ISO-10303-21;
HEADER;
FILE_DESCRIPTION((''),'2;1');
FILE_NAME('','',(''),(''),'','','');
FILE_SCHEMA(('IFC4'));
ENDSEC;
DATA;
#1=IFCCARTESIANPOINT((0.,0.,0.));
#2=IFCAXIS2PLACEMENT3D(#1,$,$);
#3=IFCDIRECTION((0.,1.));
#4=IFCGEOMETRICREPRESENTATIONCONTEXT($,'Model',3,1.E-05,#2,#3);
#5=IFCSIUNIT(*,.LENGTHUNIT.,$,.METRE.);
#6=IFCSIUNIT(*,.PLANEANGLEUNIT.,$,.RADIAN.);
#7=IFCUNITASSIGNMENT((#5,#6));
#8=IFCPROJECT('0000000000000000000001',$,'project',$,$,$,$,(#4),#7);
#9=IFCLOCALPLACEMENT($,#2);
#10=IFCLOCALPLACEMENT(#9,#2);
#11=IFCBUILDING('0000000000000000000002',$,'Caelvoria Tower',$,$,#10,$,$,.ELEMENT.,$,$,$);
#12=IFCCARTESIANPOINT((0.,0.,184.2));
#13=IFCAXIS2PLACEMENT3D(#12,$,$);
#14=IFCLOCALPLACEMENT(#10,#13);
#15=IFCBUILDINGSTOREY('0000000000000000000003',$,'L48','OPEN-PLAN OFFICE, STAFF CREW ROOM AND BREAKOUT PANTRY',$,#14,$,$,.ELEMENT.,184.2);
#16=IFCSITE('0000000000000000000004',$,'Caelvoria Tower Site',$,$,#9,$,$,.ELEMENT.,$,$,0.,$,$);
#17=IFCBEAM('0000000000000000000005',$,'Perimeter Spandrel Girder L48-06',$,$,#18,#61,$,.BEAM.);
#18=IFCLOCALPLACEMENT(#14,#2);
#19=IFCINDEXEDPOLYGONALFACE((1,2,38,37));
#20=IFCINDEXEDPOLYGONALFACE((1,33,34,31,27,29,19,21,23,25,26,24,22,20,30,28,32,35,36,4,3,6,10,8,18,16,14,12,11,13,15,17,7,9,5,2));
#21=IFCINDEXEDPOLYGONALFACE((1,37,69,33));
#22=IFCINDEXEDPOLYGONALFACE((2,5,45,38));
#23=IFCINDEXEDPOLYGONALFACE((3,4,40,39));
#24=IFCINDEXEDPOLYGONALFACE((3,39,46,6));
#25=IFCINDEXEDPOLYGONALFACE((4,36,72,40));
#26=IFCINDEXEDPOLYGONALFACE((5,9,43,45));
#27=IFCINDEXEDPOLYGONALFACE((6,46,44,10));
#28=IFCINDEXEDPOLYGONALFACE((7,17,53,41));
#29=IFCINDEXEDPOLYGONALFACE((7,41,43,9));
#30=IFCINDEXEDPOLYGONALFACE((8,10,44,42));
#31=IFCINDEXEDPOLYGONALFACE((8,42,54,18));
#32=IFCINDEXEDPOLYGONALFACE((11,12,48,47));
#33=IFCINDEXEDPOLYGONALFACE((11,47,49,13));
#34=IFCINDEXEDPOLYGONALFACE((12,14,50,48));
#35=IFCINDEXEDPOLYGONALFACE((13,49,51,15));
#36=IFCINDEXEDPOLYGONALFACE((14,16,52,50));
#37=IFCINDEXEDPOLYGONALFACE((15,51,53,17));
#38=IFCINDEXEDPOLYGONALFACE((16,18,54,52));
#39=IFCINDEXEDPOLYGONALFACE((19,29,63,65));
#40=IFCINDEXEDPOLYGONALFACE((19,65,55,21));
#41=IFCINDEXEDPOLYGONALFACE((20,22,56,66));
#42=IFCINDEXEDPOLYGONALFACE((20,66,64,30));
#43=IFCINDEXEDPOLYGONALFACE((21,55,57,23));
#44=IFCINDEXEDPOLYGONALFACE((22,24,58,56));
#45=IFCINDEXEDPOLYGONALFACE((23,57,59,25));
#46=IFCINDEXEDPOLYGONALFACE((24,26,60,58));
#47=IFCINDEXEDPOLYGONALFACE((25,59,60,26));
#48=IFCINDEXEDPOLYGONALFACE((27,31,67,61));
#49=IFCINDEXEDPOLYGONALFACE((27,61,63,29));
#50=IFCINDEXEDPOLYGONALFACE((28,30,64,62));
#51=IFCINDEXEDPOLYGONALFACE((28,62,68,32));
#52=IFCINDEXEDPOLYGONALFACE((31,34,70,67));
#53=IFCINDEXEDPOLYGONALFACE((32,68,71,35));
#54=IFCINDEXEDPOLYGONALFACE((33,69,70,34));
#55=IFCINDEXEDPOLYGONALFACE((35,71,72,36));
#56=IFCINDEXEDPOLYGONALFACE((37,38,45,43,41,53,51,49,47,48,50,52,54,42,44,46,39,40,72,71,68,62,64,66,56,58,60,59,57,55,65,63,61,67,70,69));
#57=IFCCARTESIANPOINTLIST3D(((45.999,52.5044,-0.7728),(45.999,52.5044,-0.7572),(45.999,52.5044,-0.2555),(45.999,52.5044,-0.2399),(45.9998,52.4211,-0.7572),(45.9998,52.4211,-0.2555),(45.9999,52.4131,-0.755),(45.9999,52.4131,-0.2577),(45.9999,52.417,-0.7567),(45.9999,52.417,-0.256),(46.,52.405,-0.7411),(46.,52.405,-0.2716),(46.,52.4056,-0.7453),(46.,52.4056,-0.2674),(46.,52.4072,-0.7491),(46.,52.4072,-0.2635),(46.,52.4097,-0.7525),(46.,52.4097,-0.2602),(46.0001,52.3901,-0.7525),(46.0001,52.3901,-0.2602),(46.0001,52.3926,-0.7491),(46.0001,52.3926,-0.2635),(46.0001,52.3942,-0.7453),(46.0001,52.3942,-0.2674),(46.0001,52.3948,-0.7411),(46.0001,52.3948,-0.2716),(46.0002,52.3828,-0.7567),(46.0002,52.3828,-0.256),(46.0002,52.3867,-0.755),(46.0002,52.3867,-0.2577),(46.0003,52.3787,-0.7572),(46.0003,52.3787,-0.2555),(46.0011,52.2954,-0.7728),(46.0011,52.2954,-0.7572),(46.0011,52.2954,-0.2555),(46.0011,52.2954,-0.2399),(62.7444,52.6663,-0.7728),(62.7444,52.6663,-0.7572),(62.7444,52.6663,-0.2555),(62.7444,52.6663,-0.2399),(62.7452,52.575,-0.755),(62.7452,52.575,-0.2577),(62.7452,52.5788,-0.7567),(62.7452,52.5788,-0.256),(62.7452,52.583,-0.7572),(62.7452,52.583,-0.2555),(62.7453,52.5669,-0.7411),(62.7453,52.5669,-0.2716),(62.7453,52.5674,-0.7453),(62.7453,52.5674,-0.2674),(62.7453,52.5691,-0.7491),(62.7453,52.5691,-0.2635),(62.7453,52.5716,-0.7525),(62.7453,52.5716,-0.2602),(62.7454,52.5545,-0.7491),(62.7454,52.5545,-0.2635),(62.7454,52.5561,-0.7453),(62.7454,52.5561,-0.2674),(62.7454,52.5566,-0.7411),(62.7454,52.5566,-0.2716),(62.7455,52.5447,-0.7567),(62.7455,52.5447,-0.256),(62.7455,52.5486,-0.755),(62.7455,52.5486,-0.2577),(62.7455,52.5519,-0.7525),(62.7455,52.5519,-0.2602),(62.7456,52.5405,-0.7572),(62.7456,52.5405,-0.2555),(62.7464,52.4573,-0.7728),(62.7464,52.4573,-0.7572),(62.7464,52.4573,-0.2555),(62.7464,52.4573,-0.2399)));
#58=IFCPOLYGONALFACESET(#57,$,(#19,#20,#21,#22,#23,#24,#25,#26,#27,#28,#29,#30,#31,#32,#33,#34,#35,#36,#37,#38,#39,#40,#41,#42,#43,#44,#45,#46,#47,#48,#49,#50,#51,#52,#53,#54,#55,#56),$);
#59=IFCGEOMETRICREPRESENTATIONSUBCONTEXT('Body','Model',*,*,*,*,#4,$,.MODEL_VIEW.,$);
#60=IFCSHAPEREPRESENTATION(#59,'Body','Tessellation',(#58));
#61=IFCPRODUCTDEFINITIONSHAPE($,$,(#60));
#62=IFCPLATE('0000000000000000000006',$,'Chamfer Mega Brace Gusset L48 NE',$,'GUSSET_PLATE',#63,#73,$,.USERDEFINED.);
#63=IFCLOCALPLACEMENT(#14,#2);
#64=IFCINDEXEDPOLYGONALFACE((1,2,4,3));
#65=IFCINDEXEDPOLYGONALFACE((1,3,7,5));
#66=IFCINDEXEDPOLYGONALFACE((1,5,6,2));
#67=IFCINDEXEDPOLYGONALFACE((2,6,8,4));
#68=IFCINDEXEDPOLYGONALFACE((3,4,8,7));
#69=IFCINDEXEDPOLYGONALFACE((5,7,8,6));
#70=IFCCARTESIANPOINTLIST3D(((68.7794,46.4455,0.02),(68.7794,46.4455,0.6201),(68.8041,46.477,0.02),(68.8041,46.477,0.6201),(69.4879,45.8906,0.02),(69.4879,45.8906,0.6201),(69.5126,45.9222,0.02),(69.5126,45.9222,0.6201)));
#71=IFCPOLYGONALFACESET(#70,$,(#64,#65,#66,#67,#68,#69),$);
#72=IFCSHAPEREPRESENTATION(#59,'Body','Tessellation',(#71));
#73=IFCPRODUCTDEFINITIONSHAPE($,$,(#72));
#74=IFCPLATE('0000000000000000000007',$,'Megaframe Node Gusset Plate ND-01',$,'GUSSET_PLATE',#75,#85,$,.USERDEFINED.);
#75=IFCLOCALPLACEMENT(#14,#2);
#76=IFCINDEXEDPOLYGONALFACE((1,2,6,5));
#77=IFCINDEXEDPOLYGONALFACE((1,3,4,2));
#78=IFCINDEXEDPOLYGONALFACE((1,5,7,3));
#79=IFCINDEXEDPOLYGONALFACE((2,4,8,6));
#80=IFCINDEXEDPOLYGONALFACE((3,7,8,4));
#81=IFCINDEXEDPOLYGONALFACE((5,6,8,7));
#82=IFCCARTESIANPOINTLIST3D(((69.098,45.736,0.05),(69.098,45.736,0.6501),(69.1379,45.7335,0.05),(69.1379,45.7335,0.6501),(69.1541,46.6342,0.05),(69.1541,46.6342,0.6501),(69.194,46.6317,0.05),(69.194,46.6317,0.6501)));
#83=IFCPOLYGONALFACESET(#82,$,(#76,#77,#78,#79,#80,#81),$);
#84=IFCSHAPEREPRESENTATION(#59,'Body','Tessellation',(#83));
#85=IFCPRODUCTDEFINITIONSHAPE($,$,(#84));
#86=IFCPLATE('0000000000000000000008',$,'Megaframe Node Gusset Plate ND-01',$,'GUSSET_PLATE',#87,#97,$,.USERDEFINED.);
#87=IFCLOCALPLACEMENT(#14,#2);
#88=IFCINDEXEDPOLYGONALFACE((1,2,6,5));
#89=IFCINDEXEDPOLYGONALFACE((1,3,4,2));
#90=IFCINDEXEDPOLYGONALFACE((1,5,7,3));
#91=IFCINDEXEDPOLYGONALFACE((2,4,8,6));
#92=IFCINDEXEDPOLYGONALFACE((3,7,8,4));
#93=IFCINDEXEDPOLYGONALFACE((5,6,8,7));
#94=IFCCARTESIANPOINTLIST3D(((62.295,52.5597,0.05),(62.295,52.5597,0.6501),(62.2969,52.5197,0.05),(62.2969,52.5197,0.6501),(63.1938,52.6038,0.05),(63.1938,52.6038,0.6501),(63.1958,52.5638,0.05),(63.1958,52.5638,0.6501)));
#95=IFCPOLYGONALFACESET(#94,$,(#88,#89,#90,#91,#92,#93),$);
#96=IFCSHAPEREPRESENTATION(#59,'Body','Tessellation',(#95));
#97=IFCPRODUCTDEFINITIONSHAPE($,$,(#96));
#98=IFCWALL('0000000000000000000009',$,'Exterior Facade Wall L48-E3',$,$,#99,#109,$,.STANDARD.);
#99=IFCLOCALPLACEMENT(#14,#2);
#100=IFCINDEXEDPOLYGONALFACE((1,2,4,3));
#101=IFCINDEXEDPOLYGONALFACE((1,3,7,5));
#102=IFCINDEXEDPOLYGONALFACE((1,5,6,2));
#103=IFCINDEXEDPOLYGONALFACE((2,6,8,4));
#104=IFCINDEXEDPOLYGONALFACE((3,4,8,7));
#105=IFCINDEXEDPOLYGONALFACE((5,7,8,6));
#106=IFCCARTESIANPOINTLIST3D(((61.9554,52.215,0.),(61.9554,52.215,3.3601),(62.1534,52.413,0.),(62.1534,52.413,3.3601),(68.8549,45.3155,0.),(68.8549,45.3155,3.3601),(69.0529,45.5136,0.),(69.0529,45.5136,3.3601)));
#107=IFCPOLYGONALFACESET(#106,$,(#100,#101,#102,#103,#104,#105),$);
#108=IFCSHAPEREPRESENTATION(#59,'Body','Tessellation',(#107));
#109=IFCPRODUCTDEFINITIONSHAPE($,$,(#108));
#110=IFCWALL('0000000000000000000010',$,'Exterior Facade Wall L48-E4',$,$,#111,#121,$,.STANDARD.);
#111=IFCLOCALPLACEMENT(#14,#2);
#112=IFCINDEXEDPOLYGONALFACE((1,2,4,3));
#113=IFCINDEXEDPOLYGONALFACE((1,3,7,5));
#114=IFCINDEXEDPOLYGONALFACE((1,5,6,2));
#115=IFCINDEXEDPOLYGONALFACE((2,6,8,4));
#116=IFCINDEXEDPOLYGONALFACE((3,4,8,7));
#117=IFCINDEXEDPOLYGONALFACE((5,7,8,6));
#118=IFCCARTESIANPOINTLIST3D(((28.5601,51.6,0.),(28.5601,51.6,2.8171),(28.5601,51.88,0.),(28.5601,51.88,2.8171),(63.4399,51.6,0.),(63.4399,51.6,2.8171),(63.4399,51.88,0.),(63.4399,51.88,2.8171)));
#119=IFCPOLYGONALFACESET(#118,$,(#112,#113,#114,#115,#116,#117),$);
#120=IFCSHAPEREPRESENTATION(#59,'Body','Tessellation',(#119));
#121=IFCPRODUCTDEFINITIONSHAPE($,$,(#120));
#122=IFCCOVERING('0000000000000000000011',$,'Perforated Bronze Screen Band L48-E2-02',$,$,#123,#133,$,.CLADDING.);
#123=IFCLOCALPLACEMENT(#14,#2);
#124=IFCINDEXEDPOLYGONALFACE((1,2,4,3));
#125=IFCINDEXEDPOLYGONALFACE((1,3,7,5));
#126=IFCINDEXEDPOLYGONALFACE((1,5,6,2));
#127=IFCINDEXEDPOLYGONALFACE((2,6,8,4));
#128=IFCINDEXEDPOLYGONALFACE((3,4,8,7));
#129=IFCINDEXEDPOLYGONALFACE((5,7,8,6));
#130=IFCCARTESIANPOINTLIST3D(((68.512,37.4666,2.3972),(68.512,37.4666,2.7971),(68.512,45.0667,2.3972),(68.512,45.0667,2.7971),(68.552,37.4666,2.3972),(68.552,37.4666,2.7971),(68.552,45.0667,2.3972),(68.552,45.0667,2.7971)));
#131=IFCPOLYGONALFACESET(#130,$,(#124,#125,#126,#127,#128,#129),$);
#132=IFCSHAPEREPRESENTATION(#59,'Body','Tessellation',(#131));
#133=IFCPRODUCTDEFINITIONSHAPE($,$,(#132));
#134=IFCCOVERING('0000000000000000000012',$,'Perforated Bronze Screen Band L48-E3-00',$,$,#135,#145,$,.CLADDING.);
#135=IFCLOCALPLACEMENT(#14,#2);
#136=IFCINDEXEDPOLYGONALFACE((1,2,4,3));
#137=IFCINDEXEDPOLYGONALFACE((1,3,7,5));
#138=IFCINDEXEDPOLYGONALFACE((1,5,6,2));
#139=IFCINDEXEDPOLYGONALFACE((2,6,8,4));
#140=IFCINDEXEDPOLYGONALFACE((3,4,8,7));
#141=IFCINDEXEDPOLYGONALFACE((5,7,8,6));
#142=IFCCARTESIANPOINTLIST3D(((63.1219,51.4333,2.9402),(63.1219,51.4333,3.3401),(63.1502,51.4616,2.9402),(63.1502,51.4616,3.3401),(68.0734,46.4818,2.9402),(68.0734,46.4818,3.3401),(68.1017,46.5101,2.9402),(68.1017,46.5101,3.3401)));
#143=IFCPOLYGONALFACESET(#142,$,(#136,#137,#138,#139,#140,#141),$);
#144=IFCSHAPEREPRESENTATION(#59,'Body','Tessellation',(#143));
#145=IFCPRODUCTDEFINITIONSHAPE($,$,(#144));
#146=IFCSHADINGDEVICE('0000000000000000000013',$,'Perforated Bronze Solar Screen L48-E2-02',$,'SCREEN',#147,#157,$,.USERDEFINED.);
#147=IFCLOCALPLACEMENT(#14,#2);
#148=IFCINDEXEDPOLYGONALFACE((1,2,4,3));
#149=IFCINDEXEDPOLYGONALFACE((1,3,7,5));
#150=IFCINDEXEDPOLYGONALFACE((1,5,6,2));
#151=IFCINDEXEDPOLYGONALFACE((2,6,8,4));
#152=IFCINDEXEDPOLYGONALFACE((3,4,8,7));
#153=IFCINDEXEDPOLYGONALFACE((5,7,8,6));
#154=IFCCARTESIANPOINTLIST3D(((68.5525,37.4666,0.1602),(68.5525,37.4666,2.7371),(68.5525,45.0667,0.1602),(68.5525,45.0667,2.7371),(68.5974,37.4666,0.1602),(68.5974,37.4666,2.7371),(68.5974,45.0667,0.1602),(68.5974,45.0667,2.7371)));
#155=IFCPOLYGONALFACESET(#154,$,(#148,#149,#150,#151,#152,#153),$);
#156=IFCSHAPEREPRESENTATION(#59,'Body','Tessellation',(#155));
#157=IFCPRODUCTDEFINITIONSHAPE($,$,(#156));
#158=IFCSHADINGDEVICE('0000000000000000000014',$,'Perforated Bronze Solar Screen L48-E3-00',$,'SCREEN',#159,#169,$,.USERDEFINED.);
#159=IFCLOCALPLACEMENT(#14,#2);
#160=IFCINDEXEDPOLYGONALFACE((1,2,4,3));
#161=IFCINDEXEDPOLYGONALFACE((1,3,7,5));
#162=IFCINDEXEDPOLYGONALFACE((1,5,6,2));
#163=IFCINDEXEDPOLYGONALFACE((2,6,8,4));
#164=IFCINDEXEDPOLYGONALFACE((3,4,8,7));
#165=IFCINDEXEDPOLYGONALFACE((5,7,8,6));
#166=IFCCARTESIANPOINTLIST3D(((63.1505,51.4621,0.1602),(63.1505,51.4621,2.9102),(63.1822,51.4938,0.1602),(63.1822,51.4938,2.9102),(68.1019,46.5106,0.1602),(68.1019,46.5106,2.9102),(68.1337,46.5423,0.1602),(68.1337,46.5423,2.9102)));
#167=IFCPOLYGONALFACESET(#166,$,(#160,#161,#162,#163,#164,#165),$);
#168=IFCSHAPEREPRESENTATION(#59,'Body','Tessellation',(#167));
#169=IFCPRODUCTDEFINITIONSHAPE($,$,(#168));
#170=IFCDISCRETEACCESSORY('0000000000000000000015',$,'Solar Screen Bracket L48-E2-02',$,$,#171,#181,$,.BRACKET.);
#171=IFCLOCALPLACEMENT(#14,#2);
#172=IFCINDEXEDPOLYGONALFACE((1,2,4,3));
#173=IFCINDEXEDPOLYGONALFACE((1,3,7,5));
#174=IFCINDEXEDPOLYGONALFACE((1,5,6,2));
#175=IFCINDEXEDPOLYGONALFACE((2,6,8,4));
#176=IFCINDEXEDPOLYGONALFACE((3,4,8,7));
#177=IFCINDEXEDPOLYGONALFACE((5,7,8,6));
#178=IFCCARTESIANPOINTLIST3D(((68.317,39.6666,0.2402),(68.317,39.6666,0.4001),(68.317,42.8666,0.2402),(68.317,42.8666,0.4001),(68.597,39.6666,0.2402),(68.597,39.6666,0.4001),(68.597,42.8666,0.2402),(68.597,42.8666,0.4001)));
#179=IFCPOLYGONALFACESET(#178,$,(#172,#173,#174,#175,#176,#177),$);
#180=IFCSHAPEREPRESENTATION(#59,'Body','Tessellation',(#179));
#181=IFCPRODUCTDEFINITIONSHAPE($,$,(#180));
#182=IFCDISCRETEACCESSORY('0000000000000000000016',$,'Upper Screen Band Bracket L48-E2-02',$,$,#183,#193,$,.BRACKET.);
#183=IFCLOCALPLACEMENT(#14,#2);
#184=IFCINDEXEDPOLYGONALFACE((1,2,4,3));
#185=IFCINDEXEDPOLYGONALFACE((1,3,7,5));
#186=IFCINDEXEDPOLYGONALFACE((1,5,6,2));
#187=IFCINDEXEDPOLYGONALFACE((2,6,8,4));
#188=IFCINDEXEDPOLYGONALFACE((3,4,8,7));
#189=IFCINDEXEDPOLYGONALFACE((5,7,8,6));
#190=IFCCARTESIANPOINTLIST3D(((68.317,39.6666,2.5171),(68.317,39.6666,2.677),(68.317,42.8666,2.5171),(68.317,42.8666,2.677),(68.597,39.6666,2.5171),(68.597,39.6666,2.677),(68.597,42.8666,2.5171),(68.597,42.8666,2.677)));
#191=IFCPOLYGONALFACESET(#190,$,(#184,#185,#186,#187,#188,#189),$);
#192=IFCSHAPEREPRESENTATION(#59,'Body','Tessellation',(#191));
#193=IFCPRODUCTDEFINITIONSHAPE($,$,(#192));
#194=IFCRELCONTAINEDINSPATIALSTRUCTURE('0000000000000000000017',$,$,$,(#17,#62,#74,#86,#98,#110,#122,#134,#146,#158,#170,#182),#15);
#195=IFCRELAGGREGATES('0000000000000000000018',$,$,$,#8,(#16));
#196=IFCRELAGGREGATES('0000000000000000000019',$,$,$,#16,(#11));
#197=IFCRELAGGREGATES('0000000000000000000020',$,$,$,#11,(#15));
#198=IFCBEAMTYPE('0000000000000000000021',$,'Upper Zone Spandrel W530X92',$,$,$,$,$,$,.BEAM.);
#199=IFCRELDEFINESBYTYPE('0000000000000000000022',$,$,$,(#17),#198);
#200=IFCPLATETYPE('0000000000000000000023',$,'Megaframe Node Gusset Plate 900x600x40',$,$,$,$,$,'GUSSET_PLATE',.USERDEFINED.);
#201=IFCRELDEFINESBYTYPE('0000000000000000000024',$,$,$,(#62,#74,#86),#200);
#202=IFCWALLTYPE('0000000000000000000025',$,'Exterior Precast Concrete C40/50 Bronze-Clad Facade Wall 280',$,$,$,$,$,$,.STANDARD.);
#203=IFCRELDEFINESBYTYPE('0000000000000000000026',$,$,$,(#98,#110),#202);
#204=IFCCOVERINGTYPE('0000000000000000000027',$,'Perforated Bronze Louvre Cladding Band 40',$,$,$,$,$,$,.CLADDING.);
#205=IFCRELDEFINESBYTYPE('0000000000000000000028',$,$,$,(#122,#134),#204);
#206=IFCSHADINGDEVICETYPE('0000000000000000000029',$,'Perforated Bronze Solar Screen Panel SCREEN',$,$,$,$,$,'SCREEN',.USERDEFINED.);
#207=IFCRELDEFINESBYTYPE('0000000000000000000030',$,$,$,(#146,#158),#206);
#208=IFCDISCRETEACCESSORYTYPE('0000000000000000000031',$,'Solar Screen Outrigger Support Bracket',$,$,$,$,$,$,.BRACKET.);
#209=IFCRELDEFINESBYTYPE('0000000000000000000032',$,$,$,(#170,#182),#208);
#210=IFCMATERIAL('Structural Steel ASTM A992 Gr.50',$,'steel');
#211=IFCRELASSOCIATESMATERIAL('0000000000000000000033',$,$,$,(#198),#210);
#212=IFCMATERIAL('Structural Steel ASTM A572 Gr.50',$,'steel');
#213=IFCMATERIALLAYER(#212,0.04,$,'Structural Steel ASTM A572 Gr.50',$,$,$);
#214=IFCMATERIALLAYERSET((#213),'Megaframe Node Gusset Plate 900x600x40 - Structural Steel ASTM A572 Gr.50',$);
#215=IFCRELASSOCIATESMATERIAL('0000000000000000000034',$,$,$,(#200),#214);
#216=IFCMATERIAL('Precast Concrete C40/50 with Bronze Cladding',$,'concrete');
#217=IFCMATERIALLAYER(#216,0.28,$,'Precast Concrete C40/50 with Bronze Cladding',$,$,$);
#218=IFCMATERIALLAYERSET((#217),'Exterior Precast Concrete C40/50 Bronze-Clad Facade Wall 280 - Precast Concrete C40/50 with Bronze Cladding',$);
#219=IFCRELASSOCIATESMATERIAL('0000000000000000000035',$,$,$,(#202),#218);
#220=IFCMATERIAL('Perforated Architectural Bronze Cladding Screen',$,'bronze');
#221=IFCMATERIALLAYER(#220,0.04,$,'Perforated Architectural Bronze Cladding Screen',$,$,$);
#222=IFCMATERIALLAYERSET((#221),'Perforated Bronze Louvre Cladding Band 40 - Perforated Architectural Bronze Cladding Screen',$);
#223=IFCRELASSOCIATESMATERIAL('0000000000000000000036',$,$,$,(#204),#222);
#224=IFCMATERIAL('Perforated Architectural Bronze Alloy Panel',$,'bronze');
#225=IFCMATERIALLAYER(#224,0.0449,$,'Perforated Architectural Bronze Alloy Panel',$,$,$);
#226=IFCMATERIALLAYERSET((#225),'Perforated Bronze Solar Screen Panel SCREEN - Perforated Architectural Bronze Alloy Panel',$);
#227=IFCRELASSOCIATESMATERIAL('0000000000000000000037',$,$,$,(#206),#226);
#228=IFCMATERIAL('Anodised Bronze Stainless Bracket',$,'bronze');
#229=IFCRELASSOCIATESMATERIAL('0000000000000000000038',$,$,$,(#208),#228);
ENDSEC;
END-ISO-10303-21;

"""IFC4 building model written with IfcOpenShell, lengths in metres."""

from ifc_helpers import new_model, si_unit, direction, frame, frame_2d, origin, origin_2d, place, context, subcontext, project, spatial, rectangle, i_section, extrude, material, layer, layer_set, material_profile, profile_set, type_object, element, save


model = new_model("IFC4")

# Units and contexts
model_context = context("Model", 3, precision=1e-05, world=origin(), true_north=direction((0.0, 1.0)))
body_context = subcontext(model_context, "Body", "Model", "MODEL_VIEW")
ifc_project = project(units=[si_unit("LENGTHUNIT", "METRE"), si_unit("PLANEANGLEUNIT", "RADIAN")], contexts=[model_context])

# Site, building, storey
site_placement = place(None, origin())
site = spatial("IfcSite", under=ifc_project, at=site_placement, Name="Caelvoria Tower Site", CompositionType="ELEMENT", RefElevation=0.0)
building_placement = place(site_placement, origin())
building = spatial("IfcBuilding", under=site, at=building_placement, Name="Caelvoria Tower", CompositionType="ELEMENT")
storey_placement = place(building_placement, frame((0.0, 0.0, 184.2)))
storey = spatial("IfcBuildingStorey", under=building, at=storey_placement, Name="L48", Description="OPEN-PLAN OFFICE, STAFF CREW ROOM AND BREAKOUT PANTRY", CompositionType="ELEMENT", Elevation=184.2)

# Shared definitions
ifc_material_1 = material(Name="Structural Steel ASTM A572 Gr.50", Category="steel")
ifc_material_2 = material(Name="Structural Steel ASTM A992 Gr.50", Category="steel")

# Beam
ifc_material_profile_1 = material_profile(ifc_material_2, i_section(OverallWidth=0.209, OverallDepth=0.533, WebThickness=0.0103, FlangeThickness=0.0156, FilletRadius=0.0161, at=origin_2d()), Name="Structural Steel ASTM A992 Gr.50")
ifc_profile_set_1 = profile_set([ifc_material_profile_1], Name="W530X92 - Structural Steel ASTM A992 Gr.50")
beam_type_1 = type_object("IfcBeamType", Name="Upper Zone Spandrel W530X92", PredefinedType="BEAM", material=ifc_profile_set_1)
beam_1_placement = place(storey_placement, frame((62.7454, 52.5618, -0.5063), z_axis=(-0.999953, -0.009666, 0.0), x_axis=(0.009666, -0.999953, 0.0)))
element("IfcBeam", 1, at=beam_1_placement, inside=storey, type_object=beam_type_1, Name="Perimeter Spandrel Girder L48-06", PredefinedType="BEAM", context=body_context, shape_type="SweptSolid", body=[
    extrude(i_section(OverallWidth=0.209, OverallDepth=0.533, WebThickness=0.0103, FlangeThickness=0.0156, FilletRadius=0.0161, at=origin_2d()), origin(), (0.0, 0.0, 1.0), 16.7461),
])

# Plates
ifc_layer_1 = layer(ifc_material_1, 0.04, Name="Structural Steel ASTM A572 Gr.50")
ifc_layer_set_1 = layer_set([ifc_layer_1], Name="Megaframe Node Gusset Plate 900x600x40 - Structural Steel ASTM A572 Gr.50")
plate_type = type_object("IfcPlateType", Name="Megaframe Node Gusset Plate 900x600x40", ElementType="GUSSET_PLATE", PredefinedType="USERDEFINED", material=ifc_layer_set_1)
for number, where, z_axis, x_axis, name in (
    (2, (69.146, 46.1838, 0.02), (0.0, 0.0, 1.0), (-0.787285, 0.616589, 0.0), "Chamfer Mega Brace Gusset L48 NE"),
    (3, (69.146, 46.1838, 0.05), (0.0, 0.0, 1.0), (-0.062352, -0.998054, 0.0), "Megaframe Node Gusset Plate ND-01"),
    (4, (62.7454, 52.5618, 0.05), (0.0, 0.0, 1.0), (-0.998798, -0.049012, 0.0), "Megaframe Node Gusset Plate ND-01"),
):
    element("IfcPlate", number, at=place(storey_placement, frame(where, z_axis=z_axis, x_axis=x_axis)), inside=storey, type_object=plate_type, Name=name, ObjectType="GUSSET_PLATE", PredefinedType="USERDEFINED", context=body_context, shape_type="SweptSolid", body=[
        extrude(rectangle(XDim=0.8999, YDim=0.04, at=origin_2d()), origin(), (0.0, 0.0, 1.0), 0.6001),
    ])

# Walls
ifc_material_3 = material(Name="Precast Concrete C40/50 with Bronze Cladding", Category="concrete")
ifc_layer_2 = layer(ifc_material_3, 0.28, Name="Precast Concrete C40/50 with Bronze Cladding")
ifc_layer_set_2 = layer_set([ifc_layer_2], Name="Exterior Precast Concrete C40/50 Bronze-Clad Facade Wall 280 - Precast Concrete C40/50 with Bronze Cladding")
wall_type = type_object("IfcWallType", Name="Exterior Precast Concrete C40/50 Bronze-Clad Facade Wall 280", PredefinedType="STANDARD", material=ifc_layer_set_2)
wall_1_placement = place(storey_placement, frame((68.9539, 45.4146, 0.0), z_axis=(0.0, 0.0, 1.0), x_axis=(-0.707107, 0.707107, 0.0)))
element("IfcWall", 5, at=wall_1_placement, inside=storey, type_object=wall_type, Name="Exterior Facade Wall L48-E3", PredefinedType="STANDARD", context=body_context, shape_type="SweptSolid", body=[
    extrude(rectangle(XDim=9.7573, YDim=0.28, at=frame_2d((4.8787, 0.0))), origin(), (0.0, 0.0, 1.0), 3.3601),
])
wall_2_placement = place(storey_placement, frame((63.4399, 51.74, 0.0), z_axis=(0.0, 0.0, 1.0), x_axis=(-1.0, 0.0, 0.0)))
element("IfcWall", 6, at=wall_2_placement, inside=storey, type_object=wall_type, Name="Exterior Facade Wall L48-E4", PredefinedType="STANDARD", context=body_context, shape_type="SweptSolid", body=[
    extrude(rectangle(XDim=34.8799, YDim=0.28, at=frame_2d((17.4399, 0.0))), origin(), (0.0, 0.0, 1.0), 2.8171),
])

# Coverings
ifc_material_4 = material(Name="Perforated Architectural Bronze Cladding Screen", Category="bronze")
ifc_layer_3 = layer(ifc_material_4, 0.04, Name="Perforated Architectural Bronze Cladding Screen")
ifc_layer_set_3 = layer_set([ifc_layer_3], Name="Perforated Bronze Louvre Cladding Band 40 - Perforated Architectural Bronze Cladding Screen")
covering_type = type_object("IfcCoveringType", Name="Perforated Bronze Louvre Cladding Band 40", PredefinedType="CLADDING", material=ifc_layer_set_3)
covering_1_placement = place(storey_placement, frame((68.532, 41.2666, 2.3972), z_axis=(0.0, 0.0, 1.0), x_axis=(0.0, 1.0, 0.0)))
element("IfcCovering", 7, at=covering_1_placement, inside=storey, type_object=covering_type, Name="Perforated Bronze Screen Band L48-E2-02", PredefinedType="CLADDING", context=body_context, shape_type="SweptSolid", body=[
    extrude(rectangle(XDim=7.6001, YDim=0.04, at=origin_2d()), origin(), (0.0, 0.0, 1.0), 0.3999),
])
covering_2_placement = place(storey_placement, frame((65.6118, 48.9717, 2.9402), z_axis=(0.0, 0.0, 1.0), x_axis=(-0.707107, 0.707107, 0.0)))
element("IfcCovering", 8, at=covering_2_placement, inside=storey, type_object=covering_type, Name="Perforated Bronze Screen Band L48-E3-00", PredefinedType="CLADDING", context=body_context, shape_type="SweptSolid", body=[
    extrude(rectangle(XDim=7.0024, YDim=0.04, at=origin_2d()), origin(), (0.0, 0.0, 1.0), 0.3999),
])

# Shading devices
ifc_material_5 = material(Name="Perforated Architectural Bronze Alloy Panel", Category="bronze")
ifc_layer_4 = layer(ifc_material_5, 0.0449, Name="Perforated Architectural Bronze Alloy Panel")
ifc_layer_set_4 = layer_set([ifc_layer_4], Name="Perforated Bronze Solar Screen Panel SCREEN - Perforated Architectural Bronze Alloy Panel")
shading_device_type = type_object("IfcShadingDeviceType", Name="Perforated Bronze Solar Screen Panel SCREEN", ElementType="SCREEN", PredefinedType="USERDEFINED", material=ifc_layer_set_4)
shading_device_1_placement = place(storey_placement, frame((68.575, 41.2666, 0.1602), z_axis=(0.0, 0.0, 1.0), x_axis=(0.0, 1.0, 0.0)))
element("IfcShadingDevice", 9, at=shading_device_1_placement, inside=storey, type_object=shading_device_type, Name="Perforated Bronze Solar Screen L48-E2-02", ObjectType="SCREEN", PredefinedType="USERDEFINED", context=body_context, shape_type="SweptSolid", body=[
    extrude(rectangle(XDim=7.6001, YDim=0.0449, at=origin_2d()), origin(), (0.0, 0.0, 1.0), 2.5769),
])
shading_device_2_placement = place(storey_placement, frame((65.6421, 49.0022, 0.1602), z_axis=(0.0, 0.0, 1.0), x_axis=(-0.707107, 0.707107, 0.0)))
element("IfcShadingDevice", 10, at=shading_device_2_placement, inside=storey, type_object=shading_device_type, Name="Perforated Bronze Solar Screen L48-E3-00", ObjectType="SCREEN", PredefinedType="USERDEFINED", context=body_context, shape_type="SweptSolid", body=[
    extrude(rectangle(XDim=7.0024, YDim=0.0449, at=origin_2d()), origin(), (0.0, 0.0, 1.0), 2.75),
])

# Discrete accessories
ifc_material_6 = material(Name="Anodised Bronze Stainless Bracket", Category="bronze")
discrete_accessory_type = type_object("IfcDiscreteAccessoryType", Name="Solar Screen Outrigger Support Bracket", PredefinedType="BRACKET", material=ifc_material_6)
for number, where, z_axis, x_axis, name in (
    (11, (68.457, 41.2666, 0.2402), (0.0, 0.0, 1.0), (0.0, 1.0, 0.0), "Solar Screen Bracket L48-E2-02"),
    (12, (68.457, 41.2666, 2.5171), (0.0, 0.0, 1.0), (0.0, 1.0, 0.0), "Upper Screen Band Bracket L48-E2-02"),
):
    element("IfcDiscreteAccessory", number, at=place(storey_placement, frame(where, z_axis=z_axis, x_axis=x_axis)), inside=storey, type_object=discrete_accessory_type, Name=name, PredefinedType="BRACKET", context=body_context, shape_type="SweptSolid", body=[
        extrude(rectangle(XDim=3.2, YDim=0.28, at=origin_2d()), origin(), (0.0, 0.0, 1.0), 0.1599),
    ])

save(model, "model.ifc")
